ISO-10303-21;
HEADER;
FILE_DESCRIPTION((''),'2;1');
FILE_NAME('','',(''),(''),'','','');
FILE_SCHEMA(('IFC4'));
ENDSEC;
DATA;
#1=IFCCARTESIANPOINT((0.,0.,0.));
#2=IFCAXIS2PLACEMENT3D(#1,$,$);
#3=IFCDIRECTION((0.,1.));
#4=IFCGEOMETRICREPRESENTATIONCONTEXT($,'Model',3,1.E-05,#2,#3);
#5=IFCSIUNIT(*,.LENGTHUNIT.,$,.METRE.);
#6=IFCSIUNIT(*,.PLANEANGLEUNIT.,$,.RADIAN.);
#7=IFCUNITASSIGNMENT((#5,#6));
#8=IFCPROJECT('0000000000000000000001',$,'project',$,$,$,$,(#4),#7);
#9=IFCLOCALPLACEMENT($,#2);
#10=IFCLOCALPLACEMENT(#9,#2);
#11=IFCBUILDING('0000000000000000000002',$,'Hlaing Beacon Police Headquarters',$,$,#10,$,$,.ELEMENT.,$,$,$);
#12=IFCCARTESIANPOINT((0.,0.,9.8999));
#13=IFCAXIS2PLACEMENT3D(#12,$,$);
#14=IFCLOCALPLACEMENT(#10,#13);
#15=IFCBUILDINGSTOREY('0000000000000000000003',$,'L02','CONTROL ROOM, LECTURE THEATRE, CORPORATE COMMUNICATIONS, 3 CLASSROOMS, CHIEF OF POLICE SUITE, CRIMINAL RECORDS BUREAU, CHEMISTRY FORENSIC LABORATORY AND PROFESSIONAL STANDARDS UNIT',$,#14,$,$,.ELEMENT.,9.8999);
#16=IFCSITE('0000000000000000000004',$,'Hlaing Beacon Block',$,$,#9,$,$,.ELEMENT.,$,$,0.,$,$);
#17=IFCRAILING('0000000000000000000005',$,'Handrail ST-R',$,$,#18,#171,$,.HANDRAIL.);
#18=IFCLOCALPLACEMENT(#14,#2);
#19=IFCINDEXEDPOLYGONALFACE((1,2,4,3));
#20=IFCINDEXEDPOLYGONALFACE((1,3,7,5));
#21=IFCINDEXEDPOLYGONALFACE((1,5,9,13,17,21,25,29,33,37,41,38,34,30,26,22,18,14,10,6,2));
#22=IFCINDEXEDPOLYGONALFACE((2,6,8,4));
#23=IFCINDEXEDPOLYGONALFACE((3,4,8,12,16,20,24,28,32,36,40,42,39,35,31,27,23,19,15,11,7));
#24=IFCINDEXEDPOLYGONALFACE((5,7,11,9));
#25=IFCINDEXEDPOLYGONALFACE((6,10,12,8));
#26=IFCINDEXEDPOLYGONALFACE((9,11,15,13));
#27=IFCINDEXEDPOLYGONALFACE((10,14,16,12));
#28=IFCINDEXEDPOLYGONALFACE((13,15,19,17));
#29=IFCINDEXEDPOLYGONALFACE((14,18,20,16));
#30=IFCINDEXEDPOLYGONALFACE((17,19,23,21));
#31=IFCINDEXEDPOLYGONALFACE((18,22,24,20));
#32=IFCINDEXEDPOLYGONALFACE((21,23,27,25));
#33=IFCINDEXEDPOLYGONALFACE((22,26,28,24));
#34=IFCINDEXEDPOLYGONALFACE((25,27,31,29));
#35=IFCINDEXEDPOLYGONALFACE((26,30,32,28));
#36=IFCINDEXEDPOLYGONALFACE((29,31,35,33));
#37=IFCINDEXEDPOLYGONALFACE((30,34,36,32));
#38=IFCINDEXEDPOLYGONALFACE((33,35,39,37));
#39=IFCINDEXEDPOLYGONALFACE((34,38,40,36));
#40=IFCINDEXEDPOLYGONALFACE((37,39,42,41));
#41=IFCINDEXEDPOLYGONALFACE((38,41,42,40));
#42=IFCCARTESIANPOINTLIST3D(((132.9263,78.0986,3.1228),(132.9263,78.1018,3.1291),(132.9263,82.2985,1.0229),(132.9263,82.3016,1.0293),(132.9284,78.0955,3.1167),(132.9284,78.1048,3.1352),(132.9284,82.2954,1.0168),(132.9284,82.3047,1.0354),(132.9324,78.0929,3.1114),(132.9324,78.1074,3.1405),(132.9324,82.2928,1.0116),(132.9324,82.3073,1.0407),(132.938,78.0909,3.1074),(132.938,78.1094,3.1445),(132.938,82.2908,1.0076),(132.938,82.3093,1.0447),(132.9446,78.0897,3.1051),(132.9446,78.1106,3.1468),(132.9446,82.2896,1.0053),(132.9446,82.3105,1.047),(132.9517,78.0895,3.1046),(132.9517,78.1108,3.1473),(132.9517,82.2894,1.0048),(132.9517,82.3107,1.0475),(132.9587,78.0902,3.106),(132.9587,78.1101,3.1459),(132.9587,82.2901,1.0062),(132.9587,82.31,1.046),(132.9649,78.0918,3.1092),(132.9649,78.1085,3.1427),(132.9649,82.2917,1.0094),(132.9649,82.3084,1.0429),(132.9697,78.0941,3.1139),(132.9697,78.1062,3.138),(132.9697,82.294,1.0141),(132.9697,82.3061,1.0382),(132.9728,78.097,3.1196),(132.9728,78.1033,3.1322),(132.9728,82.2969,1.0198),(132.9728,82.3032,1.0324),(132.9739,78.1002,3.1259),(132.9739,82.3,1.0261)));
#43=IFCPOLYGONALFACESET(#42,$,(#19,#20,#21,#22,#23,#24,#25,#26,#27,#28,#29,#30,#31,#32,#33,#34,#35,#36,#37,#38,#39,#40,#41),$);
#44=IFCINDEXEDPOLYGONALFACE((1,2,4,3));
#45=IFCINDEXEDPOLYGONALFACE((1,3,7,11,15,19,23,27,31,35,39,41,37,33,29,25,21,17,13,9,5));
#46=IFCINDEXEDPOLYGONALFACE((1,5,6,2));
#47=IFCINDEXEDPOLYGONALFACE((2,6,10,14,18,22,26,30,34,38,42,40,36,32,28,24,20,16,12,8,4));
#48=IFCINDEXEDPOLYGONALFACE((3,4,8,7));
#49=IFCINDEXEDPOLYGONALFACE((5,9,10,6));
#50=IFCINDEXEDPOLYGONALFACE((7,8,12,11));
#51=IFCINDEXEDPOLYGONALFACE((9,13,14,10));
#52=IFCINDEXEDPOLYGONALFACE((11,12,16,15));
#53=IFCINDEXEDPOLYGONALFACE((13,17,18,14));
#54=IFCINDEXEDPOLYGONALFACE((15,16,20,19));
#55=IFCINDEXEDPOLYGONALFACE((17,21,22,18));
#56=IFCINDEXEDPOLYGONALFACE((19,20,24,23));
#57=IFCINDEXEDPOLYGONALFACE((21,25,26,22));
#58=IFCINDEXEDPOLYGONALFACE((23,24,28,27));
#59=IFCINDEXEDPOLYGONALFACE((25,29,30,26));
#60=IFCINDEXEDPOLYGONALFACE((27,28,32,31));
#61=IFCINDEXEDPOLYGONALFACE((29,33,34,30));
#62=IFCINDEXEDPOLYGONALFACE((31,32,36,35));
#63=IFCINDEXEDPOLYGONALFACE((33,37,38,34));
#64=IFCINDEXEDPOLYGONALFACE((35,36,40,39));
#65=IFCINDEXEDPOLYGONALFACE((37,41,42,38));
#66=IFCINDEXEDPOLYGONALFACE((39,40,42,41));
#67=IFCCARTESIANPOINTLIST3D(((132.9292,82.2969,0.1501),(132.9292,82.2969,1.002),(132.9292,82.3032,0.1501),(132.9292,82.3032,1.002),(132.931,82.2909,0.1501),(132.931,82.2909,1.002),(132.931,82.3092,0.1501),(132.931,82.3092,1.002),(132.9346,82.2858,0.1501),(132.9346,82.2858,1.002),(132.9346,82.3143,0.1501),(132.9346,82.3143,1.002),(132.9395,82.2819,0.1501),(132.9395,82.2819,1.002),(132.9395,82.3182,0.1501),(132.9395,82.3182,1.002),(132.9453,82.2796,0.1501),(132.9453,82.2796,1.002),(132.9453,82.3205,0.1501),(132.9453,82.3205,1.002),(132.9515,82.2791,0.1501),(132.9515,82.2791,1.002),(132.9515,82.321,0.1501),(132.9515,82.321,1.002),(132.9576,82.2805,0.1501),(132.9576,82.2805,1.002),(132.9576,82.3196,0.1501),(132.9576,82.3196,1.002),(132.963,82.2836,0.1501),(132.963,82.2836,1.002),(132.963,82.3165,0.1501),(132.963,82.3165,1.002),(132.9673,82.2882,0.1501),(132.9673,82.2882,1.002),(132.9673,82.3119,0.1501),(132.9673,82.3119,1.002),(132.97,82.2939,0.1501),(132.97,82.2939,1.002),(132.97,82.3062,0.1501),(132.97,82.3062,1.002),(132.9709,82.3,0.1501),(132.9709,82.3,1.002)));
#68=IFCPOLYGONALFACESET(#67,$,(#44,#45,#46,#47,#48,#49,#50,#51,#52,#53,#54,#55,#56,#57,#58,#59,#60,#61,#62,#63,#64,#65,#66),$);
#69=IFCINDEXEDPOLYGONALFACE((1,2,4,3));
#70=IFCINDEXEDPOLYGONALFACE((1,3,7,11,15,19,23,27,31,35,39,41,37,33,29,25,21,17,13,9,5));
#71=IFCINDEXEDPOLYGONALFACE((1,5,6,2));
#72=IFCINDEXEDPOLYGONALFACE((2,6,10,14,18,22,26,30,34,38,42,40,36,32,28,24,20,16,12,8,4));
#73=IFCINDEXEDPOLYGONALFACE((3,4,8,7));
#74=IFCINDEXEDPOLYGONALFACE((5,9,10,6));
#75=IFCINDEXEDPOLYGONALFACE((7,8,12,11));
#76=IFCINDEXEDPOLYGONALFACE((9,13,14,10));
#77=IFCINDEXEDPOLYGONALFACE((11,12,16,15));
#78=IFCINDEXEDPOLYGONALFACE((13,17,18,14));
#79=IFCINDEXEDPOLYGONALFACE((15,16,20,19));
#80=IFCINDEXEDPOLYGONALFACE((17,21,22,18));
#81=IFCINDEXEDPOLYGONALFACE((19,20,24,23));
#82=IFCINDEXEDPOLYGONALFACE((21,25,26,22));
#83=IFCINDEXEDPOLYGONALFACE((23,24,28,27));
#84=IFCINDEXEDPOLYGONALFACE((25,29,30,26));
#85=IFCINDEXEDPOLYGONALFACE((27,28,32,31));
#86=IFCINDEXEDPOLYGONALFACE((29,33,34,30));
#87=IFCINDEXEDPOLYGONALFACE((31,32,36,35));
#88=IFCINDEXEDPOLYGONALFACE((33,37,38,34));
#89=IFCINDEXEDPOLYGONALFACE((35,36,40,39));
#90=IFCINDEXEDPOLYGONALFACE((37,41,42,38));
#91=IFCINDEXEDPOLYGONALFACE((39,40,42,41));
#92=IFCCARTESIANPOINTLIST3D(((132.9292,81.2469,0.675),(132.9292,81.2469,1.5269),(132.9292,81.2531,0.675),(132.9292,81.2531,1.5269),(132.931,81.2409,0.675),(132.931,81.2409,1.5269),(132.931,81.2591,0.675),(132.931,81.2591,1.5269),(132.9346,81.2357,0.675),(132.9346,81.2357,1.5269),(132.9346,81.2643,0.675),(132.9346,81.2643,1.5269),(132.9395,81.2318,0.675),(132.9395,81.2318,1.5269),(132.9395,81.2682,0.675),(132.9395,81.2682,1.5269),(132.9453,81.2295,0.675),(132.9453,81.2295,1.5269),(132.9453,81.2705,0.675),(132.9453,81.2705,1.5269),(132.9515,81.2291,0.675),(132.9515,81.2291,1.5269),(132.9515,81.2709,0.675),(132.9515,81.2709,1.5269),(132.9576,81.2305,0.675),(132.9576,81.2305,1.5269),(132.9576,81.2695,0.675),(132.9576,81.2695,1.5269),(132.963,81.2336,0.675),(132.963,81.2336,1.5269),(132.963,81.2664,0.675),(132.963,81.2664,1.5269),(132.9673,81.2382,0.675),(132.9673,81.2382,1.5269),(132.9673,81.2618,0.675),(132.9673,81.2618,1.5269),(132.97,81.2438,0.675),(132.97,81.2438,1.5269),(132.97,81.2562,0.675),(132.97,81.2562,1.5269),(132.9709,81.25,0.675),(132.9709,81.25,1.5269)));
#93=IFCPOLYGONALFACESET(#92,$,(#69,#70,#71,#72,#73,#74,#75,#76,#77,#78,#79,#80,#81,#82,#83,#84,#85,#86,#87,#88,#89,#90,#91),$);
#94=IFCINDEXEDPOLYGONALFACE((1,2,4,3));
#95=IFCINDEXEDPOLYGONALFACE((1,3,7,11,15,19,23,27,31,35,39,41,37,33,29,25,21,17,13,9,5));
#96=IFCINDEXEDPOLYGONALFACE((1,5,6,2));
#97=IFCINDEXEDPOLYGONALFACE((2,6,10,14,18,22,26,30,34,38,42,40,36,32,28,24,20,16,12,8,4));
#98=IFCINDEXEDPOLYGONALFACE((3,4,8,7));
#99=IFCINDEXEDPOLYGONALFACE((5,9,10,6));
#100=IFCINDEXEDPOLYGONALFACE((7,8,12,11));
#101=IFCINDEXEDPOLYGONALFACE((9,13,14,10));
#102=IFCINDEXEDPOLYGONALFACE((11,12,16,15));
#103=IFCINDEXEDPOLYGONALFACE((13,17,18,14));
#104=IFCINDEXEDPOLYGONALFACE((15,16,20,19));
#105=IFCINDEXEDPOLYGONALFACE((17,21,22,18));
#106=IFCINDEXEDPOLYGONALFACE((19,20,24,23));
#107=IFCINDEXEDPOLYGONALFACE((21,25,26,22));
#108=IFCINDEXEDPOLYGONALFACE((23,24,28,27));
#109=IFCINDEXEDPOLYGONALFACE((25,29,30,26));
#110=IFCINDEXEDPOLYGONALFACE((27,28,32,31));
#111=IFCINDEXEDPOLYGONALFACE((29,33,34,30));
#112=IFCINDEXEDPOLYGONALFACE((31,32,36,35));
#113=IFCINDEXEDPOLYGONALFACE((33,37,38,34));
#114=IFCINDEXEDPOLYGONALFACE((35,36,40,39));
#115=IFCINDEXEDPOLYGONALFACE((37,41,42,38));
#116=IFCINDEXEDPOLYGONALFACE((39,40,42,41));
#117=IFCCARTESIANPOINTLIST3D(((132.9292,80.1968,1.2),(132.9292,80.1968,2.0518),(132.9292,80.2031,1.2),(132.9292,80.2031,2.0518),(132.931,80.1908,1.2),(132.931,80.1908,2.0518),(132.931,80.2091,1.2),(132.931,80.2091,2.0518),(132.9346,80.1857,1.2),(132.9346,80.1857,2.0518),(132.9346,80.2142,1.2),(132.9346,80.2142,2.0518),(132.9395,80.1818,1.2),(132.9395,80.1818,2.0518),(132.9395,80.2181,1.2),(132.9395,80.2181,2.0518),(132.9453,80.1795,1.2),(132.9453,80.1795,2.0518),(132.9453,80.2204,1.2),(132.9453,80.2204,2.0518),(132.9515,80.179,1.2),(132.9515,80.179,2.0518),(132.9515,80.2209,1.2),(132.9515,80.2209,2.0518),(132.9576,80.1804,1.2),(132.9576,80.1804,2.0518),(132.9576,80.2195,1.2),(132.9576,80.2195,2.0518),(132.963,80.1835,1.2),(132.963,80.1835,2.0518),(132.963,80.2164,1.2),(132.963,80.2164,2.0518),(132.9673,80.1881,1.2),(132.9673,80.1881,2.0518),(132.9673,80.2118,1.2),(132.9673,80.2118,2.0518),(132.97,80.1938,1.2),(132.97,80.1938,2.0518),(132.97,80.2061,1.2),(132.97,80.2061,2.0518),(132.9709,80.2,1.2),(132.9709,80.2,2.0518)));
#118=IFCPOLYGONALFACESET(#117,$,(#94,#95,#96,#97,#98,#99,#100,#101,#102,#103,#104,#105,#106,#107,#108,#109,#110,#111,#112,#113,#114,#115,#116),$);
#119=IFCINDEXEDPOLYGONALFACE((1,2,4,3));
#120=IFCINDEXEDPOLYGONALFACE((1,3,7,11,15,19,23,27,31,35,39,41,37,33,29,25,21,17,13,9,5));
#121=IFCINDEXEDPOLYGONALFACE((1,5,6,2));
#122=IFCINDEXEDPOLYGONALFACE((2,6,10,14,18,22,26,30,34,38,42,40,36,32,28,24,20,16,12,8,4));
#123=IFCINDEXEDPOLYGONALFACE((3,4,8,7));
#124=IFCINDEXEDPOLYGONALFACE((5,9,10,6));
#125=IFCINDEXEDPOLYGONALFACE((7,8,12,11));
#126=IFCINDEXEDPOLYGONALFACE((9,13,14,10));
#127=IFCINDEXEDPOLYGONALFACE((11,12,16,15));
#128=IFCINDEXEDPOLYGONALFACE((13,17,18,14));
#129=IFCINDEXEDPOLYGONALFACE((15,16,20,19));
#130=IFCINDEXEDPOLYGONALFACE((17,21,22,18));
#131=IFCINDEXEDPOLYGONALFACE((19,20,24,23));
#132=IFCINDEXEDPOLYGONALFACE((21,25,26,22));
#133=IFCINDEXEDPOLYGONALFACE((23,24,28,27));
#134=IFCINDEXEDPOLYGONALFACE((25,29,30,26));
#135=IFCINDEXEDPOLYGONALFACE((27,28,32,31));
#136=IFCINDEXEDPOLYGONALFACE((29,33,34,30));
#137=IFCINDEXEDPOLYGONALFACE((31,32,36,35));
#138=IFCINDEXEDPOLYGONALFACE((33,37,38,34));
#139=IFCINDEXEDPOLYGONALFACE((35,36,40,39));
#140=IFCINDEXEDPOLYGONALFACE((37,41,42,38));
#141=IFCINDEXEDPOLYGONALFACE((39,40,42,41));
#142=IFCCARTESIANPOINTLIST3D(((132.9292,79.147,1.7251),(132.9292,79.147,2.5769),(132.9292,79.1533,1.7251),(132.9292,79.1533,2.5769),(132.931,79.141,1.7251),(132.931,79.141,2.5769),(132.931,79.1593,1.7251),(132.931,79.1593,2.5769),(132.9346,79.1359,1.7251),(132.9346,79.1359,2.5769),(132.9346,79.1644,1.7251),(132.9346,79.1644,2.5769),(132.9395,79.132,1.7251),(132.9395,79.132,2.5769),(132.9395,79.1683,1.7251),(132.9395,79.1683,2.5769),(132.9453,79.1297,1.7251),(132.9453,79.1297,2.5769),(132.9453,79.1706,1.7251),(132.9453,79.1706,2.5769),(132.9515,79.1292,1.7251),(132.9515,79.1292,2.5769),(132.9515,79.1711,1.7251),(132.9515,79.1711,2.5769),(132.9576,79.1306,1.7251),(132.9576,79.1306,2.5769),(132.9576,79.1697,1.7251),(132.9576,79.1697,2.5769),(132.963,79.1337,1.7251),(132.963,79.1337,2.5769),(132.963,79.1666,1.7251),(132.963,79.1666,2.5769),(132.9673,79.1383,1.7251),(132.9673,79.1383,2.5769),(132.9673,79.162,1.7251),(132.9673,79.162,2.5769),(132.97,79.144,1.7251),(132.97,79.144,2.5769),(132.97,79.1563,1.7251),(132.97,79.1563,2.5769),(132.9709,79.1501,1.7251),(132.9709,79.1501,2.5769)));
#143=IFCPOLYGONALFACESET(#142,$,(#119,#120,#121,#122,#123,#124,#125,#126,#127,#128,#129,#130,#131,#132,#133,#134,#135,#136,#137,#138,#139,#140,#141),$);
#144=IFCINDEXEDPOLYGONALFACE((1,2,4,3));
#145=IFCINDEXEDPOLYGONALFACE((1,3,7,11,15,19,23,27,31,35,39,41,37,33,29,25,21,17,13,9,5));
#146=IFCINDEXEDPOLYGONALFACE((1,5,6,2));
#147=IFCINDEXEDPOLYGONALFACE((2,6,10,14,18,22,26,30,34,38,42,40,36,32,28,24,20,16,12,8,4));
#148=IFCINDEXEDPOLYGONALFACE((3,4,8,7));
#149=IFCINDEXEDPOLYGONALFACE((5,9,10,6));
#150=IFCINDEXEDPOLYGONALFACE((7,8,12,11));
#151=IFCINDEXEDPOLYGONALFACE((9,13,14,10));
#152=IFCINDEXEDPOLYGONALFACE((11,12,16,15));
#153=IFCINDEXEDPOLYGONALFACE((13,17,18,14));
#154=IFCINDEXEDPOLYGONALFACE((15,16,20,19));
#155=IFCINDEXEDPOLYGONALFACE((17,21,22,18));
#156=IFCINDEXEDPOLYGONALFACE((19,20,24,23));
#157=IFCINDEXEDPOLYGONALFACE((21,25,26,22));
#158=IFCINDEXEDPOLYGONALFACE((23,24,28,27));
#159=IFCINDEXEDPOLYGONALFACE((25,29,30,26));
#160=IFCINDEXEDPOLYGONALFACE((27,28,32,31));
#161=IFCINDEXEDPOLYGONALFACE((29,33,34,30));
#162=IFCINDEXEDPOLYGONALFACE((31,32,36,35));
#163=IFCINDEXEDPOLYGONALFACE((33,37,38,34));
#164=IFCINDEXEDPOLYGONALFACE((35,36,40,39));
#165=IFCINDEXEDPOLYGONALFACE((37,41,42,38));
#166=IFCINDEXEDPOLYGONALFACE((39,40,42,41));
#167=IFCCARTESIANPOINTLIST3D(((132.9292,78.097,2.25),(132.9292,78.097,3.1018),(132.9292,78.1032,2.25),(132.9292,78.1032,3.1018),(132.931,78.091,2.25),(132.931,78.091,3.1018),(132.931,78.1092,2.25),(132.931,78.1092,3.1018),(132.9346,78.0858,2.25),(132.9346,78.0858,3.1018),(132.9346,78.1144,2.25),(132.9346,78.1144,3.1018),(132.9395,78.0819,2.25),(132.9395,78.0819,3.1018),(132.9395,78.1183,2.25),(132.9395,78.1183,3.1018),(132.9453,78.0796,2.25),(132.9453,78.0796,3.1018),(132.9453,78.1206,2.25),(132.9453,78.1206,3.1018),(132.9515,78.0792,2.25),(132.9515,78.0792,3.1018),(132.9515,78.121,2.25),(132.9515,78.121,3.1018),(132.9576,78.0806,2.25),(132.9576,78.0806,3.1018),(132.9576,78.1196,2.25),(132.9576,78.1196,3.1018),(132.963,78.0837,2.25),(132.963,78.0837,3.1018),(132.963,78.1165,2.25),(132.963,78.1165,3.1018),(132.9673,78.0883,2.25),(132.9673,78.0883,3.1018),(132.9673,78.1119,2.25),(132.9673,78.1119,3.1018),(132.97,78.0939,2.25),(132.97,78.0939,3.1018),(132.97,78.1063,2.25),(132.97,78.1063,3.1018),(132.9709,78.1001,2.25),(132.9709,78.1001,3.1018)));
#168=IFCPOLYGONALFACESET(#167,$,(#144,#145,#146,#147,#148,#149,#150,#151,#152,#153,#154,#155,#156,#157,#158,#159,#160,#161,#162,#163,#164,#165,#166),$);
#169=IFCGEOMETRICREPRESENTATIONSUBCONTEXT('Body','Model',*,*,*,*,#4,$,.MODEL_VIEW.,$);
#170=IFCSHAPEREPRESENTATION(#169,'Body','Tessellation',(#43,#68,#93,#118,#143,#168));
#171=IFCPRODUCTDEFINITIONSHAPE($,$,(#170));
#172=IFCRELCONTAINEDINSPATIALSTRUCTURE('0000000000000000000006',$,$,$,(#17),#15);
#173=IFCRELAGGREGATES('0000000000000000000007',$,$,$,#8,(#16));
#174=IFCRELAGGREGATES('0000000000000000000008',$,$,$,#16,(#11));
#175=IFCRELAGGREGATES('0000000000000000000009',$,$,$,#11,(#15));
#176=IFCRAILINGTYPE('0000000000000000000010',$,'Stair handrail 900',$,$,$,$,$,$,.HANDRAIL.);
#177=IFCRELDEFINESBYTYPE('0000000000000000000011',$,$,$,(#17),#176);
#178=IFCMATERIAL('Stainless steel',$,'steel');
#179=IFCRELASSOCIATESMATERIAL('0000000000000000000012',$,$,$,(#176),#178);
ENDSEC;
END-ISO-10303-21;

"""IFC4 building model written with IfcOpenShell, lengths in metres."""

from ifc_helpers import new_model, si_unit, direction, frame, origin, origin_2d, place, context, subcontext, project, spatial, circle, extrude, material, type_object, element, save


model = new_model("IFC4")

# Units and contexts
model_context = context("Model", 3, precision=1e-05, world=origin(), true_north=direction((0.0, 1.0)))
body_context = subcontext(model_context, "Body", "Model", "MODEL_VIEW")
ifc_project = project(units=[si_unit("LENGTHUNIT", "METRE"), si_unit("PLANEANGLEUNIT", "RADIAN")], contexts=[model_context])

# Site, building, storey
site_placement = place(None, origin())
site = spatial("IfcSite", under=ifc_project, at=site_placement, Name="Hlaing Beacon Block", CompositionType="ELEMENT", RefElevation=0.0)
building_placement = place(site_placement, origin())
building = spatial("IfcBuilding", under=site, at=building_placement, Name="Hlaing Beacon Police Headquarters", CompositionType="ELEMENT")
storey_placement = place(building_placement, frame((0.0, 0.0, 9.8999)))
storey = spatial("IfcBuildingStorey", under=building, at=storey_placement, Name="L02", Description="CONTROL ROOM, LECTURE THEATRE, CORPORATE COMMUNICATIONS, 3 CLASSROOMS, CHIEF OF POLICE SUITE, CRIMINAL RECORDS BUREAU, CHEMISTRY FORENSIC LABORATORY AND PROFESSIONAL STANDARDS UNIT", CompositionType="ELEMENT", Elevation=9.8999)

# Railing
ifc_material_1 = material(Name="Stainless steel", Category="steel")
railing_type_1 = type_object("IfcRailingType", Name="Stair handrail 900", PredefinedType="HANDRAIL", material=ifc_material_1)
for number, where, name in (
    (1, (132.95, 82.3, 0.1501), "Handrail ST-R"),
):
    element("IfcRailing", number, at=place(storey_placement, frame(where)), inside=storey, type_object=railing_type_1, Name=name, PredefinedType="HANDRAIL", context=body_context, shape_type="SweptSolid", body=[
        extrude(circle(Radius=0.0239, at=origin_2d()), frame((0.0, 0.0, 0.876), z_axis=(0.0, -0.894438, 0.447193), x_axis=(1.0, 0.0, 0.0)), (0.0, 0.0, 1.0), 4.6956),
        extrude(circle(Radius=0.021, at=origin_2d()), origin(), (0.0, 0.0, 1.0), 0.8518),
        extrude(circle(Radius=0.021, at=origin_2d()), frame((0.0, -1.05, 0.5249)), (0.0, 0.0, 1.0), 0.8518),
        extrude(circle(Radius=0.021, at=origin_2d()), frame((0.0, -2.1001, 1.0498)), (0.0, 0.0, 1.0), 0.8518),
        extrude(circle(Radius=0.021, at=origin_2d()), frame((0.0, -3.1499, 1.575)), (0.0, 0.0, 1.0), 0.8518),
        extrude(circle(Radius=0.021, at=origin_2d()), frame((0.0, -4.2, 2.0999)), (0.0, 0.0, 1.0), 0.8518),
    ])

save(model, "model.ifc")
